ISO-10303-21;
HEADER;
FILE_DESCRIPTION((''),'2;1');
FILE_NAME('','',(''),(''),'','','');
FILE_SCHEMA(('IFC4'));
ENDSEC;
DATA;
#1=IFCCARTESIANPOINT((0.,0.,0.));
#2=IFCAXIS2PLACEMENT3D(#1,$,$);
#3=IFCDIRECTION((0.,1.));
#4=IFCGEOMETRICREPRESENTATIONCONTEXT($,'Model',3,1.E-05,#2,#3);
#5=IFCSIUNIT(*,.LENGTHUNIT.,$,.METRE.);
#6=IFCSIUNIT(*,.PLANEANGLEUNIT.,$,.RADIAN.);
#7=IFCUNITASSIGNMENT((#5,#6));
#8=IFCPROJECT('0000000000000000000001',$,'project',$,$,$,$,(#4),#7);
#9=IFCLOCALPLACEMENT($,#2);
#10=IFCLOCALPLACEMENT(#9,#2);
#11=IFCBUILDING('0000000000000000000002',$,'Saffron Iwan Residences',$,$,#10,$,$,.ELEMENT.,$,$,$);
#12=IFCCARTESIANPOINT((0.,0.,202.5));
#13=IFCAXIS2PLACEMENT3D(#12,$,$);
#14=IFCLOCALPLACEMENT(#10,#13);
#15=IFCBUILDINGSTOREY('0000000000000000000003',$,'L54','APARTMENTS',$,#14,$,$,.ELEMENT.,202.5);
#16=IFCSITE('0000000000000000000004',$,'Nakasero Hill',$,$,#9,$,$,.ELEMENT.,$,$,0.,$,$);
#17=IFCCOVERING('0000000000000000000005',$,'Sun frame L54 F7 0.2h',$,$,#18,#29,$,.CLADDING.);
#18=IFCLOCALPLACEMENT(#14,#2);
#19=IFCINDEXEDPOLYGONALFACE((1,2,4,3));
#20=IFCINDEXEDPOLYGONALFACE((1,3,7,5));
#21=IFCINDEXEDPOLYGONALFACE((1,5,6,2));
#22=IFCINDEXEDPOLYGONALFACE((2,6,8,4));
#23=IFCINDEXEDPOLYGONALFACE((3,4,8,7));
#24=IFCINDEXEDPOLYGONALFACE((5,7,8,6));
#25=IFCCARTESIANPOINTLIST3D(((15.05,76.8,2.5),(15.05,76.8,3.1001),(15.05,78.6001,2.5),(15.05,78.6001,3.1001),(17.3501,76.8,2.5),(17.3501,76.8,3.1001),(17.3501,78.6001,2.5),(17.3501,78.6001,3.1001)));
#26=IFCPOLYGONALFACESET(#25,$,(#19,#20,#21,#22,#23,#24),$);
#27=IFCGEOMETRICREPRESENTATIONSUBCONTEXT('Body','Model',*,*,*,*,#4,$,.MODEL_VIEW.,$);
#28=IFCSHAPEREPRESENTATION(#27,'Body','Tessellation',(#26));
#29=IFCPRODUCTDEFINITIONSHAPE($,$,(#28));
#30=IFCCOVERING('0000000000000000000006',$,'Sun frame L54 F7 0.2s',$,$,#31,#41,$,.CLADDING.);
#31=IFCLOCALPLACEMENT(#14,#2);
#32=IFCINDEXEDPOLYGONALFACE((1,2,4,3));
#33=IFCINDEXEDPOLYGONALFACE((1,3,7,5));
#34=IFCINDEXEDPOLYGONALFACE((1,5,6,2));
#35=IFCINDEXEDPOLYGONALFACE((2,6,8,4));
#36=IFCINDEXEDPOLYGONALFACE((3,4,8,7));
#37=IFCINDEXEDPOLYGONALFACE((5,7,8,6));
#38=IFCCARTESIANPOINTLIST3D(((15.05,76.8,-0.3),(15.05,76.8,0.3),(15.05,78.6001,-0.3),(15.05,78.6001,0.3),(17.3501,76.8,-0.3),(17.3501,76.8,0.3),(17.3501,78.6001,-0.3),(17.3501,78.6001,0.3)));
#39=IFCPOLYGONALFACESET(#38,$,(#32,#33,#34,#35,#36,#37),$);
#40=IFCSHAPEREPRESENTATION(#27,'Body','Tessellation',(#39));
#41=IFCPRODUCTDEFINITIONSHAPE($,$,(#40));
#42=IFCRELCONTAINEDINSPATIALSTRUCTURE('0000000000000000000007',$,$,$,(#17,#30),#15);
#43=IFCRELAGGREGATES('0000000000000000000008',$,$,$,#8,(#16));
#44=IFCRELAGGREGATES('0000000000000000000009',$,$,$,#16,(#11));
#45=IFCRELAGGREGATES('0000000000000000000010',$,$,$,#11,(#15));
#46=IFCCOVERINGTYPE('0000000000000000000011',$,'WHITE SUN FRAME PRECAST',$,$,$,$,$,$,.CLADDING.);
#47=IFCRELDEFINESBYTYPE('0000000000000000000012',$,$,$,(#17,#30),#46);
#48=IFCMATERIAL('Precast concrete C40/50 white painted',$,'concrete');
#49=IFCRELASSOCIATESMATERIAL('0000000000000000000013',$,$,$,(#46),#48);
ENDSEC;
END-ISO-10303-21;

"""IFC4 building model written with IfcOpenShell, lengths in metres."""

from ifc_helpers import new_model, si_unit, direction, frame, origin, place, context, subcontext, project, spatial, polyline, outline, extrude, material, type_object, element, save


model = new_model("IFC4")

# Units and contexts
model_context = context("Model", 3, precision=1e-05, world=origin(), true_north=direction((0.0, 1.0)))
body_context = subcontext(model_context, "Body", "Model", "MODEL_VIEW")
ifc_project = project(units=[si_unit("LENGTHUNIT", "METRE"), si_unit("PLANEANGLEUNIT", "RADIAN")], contexts=[model_context])

# Site, building, storey
site_placement = place(None, origin())
site = spatial("IfcSite", under=ifc_project, at=site_placement, Name="Nakasero Hill", CompositionType="ELEMENT", RefElevation=0.0)
building_placement = place(site_placement, origin())
building = spatial("IfcBuilding", under=site, at=building_placement, Name="Saffron Iwan Residences", CompositionType="ELEMENT")
storey_placement = place(building_placement, frame((0.0, 0.0, 202.5)))
storey = spatial("IfcBuildingStorey", under=building, at=storey_placement, Name="L54", Description="APARTMENTS", CompositionType="ELEMENT", Elevation=202.5)

# Coverings
ifc_material_1 = material(Name="Precast concrete C40/50 white painted", Category="concrete")
covering_type_1 = type_object("IfcCoveringType", Name="WHITE SUN FRAME PRECAST", PredefinedType="CLADDING", material=ifc_material_1)
for number, where, z_axis, x_axis, name in (
    (1, (17.3501, 76.8, 2.5), (0.0, 1.0, 0.0), (-1.0, 0.0, 0.0), "Sun frame L54 F7 0.2h"),
    (2, (17.3501, 76.8, -0.3), (0.0, 1.0, 0.0), (-1.0, 0.0, 0.0), "Sun frame L54 F7 0.2s"),
):
    element("IfcCovering", number, at=place(storey_placement, frame(where, z_axis=z_axis, x_axis=x_axis)), inside=storey, type_object=covering_type_1, Name=name, PredefinedType="CLADDING", context=body_context, shape_type="SweptSolid", body=[
        extrude(outline(polyline([(0.0, 0.0), (2.3, 0.0), (2.3, 0.6001), (0.0, 0.6001), (0.0, 0.0)])), origin(), (0.0, 0.0, 1.0), 1.8),
    ])

save(model, "model.ifc")
